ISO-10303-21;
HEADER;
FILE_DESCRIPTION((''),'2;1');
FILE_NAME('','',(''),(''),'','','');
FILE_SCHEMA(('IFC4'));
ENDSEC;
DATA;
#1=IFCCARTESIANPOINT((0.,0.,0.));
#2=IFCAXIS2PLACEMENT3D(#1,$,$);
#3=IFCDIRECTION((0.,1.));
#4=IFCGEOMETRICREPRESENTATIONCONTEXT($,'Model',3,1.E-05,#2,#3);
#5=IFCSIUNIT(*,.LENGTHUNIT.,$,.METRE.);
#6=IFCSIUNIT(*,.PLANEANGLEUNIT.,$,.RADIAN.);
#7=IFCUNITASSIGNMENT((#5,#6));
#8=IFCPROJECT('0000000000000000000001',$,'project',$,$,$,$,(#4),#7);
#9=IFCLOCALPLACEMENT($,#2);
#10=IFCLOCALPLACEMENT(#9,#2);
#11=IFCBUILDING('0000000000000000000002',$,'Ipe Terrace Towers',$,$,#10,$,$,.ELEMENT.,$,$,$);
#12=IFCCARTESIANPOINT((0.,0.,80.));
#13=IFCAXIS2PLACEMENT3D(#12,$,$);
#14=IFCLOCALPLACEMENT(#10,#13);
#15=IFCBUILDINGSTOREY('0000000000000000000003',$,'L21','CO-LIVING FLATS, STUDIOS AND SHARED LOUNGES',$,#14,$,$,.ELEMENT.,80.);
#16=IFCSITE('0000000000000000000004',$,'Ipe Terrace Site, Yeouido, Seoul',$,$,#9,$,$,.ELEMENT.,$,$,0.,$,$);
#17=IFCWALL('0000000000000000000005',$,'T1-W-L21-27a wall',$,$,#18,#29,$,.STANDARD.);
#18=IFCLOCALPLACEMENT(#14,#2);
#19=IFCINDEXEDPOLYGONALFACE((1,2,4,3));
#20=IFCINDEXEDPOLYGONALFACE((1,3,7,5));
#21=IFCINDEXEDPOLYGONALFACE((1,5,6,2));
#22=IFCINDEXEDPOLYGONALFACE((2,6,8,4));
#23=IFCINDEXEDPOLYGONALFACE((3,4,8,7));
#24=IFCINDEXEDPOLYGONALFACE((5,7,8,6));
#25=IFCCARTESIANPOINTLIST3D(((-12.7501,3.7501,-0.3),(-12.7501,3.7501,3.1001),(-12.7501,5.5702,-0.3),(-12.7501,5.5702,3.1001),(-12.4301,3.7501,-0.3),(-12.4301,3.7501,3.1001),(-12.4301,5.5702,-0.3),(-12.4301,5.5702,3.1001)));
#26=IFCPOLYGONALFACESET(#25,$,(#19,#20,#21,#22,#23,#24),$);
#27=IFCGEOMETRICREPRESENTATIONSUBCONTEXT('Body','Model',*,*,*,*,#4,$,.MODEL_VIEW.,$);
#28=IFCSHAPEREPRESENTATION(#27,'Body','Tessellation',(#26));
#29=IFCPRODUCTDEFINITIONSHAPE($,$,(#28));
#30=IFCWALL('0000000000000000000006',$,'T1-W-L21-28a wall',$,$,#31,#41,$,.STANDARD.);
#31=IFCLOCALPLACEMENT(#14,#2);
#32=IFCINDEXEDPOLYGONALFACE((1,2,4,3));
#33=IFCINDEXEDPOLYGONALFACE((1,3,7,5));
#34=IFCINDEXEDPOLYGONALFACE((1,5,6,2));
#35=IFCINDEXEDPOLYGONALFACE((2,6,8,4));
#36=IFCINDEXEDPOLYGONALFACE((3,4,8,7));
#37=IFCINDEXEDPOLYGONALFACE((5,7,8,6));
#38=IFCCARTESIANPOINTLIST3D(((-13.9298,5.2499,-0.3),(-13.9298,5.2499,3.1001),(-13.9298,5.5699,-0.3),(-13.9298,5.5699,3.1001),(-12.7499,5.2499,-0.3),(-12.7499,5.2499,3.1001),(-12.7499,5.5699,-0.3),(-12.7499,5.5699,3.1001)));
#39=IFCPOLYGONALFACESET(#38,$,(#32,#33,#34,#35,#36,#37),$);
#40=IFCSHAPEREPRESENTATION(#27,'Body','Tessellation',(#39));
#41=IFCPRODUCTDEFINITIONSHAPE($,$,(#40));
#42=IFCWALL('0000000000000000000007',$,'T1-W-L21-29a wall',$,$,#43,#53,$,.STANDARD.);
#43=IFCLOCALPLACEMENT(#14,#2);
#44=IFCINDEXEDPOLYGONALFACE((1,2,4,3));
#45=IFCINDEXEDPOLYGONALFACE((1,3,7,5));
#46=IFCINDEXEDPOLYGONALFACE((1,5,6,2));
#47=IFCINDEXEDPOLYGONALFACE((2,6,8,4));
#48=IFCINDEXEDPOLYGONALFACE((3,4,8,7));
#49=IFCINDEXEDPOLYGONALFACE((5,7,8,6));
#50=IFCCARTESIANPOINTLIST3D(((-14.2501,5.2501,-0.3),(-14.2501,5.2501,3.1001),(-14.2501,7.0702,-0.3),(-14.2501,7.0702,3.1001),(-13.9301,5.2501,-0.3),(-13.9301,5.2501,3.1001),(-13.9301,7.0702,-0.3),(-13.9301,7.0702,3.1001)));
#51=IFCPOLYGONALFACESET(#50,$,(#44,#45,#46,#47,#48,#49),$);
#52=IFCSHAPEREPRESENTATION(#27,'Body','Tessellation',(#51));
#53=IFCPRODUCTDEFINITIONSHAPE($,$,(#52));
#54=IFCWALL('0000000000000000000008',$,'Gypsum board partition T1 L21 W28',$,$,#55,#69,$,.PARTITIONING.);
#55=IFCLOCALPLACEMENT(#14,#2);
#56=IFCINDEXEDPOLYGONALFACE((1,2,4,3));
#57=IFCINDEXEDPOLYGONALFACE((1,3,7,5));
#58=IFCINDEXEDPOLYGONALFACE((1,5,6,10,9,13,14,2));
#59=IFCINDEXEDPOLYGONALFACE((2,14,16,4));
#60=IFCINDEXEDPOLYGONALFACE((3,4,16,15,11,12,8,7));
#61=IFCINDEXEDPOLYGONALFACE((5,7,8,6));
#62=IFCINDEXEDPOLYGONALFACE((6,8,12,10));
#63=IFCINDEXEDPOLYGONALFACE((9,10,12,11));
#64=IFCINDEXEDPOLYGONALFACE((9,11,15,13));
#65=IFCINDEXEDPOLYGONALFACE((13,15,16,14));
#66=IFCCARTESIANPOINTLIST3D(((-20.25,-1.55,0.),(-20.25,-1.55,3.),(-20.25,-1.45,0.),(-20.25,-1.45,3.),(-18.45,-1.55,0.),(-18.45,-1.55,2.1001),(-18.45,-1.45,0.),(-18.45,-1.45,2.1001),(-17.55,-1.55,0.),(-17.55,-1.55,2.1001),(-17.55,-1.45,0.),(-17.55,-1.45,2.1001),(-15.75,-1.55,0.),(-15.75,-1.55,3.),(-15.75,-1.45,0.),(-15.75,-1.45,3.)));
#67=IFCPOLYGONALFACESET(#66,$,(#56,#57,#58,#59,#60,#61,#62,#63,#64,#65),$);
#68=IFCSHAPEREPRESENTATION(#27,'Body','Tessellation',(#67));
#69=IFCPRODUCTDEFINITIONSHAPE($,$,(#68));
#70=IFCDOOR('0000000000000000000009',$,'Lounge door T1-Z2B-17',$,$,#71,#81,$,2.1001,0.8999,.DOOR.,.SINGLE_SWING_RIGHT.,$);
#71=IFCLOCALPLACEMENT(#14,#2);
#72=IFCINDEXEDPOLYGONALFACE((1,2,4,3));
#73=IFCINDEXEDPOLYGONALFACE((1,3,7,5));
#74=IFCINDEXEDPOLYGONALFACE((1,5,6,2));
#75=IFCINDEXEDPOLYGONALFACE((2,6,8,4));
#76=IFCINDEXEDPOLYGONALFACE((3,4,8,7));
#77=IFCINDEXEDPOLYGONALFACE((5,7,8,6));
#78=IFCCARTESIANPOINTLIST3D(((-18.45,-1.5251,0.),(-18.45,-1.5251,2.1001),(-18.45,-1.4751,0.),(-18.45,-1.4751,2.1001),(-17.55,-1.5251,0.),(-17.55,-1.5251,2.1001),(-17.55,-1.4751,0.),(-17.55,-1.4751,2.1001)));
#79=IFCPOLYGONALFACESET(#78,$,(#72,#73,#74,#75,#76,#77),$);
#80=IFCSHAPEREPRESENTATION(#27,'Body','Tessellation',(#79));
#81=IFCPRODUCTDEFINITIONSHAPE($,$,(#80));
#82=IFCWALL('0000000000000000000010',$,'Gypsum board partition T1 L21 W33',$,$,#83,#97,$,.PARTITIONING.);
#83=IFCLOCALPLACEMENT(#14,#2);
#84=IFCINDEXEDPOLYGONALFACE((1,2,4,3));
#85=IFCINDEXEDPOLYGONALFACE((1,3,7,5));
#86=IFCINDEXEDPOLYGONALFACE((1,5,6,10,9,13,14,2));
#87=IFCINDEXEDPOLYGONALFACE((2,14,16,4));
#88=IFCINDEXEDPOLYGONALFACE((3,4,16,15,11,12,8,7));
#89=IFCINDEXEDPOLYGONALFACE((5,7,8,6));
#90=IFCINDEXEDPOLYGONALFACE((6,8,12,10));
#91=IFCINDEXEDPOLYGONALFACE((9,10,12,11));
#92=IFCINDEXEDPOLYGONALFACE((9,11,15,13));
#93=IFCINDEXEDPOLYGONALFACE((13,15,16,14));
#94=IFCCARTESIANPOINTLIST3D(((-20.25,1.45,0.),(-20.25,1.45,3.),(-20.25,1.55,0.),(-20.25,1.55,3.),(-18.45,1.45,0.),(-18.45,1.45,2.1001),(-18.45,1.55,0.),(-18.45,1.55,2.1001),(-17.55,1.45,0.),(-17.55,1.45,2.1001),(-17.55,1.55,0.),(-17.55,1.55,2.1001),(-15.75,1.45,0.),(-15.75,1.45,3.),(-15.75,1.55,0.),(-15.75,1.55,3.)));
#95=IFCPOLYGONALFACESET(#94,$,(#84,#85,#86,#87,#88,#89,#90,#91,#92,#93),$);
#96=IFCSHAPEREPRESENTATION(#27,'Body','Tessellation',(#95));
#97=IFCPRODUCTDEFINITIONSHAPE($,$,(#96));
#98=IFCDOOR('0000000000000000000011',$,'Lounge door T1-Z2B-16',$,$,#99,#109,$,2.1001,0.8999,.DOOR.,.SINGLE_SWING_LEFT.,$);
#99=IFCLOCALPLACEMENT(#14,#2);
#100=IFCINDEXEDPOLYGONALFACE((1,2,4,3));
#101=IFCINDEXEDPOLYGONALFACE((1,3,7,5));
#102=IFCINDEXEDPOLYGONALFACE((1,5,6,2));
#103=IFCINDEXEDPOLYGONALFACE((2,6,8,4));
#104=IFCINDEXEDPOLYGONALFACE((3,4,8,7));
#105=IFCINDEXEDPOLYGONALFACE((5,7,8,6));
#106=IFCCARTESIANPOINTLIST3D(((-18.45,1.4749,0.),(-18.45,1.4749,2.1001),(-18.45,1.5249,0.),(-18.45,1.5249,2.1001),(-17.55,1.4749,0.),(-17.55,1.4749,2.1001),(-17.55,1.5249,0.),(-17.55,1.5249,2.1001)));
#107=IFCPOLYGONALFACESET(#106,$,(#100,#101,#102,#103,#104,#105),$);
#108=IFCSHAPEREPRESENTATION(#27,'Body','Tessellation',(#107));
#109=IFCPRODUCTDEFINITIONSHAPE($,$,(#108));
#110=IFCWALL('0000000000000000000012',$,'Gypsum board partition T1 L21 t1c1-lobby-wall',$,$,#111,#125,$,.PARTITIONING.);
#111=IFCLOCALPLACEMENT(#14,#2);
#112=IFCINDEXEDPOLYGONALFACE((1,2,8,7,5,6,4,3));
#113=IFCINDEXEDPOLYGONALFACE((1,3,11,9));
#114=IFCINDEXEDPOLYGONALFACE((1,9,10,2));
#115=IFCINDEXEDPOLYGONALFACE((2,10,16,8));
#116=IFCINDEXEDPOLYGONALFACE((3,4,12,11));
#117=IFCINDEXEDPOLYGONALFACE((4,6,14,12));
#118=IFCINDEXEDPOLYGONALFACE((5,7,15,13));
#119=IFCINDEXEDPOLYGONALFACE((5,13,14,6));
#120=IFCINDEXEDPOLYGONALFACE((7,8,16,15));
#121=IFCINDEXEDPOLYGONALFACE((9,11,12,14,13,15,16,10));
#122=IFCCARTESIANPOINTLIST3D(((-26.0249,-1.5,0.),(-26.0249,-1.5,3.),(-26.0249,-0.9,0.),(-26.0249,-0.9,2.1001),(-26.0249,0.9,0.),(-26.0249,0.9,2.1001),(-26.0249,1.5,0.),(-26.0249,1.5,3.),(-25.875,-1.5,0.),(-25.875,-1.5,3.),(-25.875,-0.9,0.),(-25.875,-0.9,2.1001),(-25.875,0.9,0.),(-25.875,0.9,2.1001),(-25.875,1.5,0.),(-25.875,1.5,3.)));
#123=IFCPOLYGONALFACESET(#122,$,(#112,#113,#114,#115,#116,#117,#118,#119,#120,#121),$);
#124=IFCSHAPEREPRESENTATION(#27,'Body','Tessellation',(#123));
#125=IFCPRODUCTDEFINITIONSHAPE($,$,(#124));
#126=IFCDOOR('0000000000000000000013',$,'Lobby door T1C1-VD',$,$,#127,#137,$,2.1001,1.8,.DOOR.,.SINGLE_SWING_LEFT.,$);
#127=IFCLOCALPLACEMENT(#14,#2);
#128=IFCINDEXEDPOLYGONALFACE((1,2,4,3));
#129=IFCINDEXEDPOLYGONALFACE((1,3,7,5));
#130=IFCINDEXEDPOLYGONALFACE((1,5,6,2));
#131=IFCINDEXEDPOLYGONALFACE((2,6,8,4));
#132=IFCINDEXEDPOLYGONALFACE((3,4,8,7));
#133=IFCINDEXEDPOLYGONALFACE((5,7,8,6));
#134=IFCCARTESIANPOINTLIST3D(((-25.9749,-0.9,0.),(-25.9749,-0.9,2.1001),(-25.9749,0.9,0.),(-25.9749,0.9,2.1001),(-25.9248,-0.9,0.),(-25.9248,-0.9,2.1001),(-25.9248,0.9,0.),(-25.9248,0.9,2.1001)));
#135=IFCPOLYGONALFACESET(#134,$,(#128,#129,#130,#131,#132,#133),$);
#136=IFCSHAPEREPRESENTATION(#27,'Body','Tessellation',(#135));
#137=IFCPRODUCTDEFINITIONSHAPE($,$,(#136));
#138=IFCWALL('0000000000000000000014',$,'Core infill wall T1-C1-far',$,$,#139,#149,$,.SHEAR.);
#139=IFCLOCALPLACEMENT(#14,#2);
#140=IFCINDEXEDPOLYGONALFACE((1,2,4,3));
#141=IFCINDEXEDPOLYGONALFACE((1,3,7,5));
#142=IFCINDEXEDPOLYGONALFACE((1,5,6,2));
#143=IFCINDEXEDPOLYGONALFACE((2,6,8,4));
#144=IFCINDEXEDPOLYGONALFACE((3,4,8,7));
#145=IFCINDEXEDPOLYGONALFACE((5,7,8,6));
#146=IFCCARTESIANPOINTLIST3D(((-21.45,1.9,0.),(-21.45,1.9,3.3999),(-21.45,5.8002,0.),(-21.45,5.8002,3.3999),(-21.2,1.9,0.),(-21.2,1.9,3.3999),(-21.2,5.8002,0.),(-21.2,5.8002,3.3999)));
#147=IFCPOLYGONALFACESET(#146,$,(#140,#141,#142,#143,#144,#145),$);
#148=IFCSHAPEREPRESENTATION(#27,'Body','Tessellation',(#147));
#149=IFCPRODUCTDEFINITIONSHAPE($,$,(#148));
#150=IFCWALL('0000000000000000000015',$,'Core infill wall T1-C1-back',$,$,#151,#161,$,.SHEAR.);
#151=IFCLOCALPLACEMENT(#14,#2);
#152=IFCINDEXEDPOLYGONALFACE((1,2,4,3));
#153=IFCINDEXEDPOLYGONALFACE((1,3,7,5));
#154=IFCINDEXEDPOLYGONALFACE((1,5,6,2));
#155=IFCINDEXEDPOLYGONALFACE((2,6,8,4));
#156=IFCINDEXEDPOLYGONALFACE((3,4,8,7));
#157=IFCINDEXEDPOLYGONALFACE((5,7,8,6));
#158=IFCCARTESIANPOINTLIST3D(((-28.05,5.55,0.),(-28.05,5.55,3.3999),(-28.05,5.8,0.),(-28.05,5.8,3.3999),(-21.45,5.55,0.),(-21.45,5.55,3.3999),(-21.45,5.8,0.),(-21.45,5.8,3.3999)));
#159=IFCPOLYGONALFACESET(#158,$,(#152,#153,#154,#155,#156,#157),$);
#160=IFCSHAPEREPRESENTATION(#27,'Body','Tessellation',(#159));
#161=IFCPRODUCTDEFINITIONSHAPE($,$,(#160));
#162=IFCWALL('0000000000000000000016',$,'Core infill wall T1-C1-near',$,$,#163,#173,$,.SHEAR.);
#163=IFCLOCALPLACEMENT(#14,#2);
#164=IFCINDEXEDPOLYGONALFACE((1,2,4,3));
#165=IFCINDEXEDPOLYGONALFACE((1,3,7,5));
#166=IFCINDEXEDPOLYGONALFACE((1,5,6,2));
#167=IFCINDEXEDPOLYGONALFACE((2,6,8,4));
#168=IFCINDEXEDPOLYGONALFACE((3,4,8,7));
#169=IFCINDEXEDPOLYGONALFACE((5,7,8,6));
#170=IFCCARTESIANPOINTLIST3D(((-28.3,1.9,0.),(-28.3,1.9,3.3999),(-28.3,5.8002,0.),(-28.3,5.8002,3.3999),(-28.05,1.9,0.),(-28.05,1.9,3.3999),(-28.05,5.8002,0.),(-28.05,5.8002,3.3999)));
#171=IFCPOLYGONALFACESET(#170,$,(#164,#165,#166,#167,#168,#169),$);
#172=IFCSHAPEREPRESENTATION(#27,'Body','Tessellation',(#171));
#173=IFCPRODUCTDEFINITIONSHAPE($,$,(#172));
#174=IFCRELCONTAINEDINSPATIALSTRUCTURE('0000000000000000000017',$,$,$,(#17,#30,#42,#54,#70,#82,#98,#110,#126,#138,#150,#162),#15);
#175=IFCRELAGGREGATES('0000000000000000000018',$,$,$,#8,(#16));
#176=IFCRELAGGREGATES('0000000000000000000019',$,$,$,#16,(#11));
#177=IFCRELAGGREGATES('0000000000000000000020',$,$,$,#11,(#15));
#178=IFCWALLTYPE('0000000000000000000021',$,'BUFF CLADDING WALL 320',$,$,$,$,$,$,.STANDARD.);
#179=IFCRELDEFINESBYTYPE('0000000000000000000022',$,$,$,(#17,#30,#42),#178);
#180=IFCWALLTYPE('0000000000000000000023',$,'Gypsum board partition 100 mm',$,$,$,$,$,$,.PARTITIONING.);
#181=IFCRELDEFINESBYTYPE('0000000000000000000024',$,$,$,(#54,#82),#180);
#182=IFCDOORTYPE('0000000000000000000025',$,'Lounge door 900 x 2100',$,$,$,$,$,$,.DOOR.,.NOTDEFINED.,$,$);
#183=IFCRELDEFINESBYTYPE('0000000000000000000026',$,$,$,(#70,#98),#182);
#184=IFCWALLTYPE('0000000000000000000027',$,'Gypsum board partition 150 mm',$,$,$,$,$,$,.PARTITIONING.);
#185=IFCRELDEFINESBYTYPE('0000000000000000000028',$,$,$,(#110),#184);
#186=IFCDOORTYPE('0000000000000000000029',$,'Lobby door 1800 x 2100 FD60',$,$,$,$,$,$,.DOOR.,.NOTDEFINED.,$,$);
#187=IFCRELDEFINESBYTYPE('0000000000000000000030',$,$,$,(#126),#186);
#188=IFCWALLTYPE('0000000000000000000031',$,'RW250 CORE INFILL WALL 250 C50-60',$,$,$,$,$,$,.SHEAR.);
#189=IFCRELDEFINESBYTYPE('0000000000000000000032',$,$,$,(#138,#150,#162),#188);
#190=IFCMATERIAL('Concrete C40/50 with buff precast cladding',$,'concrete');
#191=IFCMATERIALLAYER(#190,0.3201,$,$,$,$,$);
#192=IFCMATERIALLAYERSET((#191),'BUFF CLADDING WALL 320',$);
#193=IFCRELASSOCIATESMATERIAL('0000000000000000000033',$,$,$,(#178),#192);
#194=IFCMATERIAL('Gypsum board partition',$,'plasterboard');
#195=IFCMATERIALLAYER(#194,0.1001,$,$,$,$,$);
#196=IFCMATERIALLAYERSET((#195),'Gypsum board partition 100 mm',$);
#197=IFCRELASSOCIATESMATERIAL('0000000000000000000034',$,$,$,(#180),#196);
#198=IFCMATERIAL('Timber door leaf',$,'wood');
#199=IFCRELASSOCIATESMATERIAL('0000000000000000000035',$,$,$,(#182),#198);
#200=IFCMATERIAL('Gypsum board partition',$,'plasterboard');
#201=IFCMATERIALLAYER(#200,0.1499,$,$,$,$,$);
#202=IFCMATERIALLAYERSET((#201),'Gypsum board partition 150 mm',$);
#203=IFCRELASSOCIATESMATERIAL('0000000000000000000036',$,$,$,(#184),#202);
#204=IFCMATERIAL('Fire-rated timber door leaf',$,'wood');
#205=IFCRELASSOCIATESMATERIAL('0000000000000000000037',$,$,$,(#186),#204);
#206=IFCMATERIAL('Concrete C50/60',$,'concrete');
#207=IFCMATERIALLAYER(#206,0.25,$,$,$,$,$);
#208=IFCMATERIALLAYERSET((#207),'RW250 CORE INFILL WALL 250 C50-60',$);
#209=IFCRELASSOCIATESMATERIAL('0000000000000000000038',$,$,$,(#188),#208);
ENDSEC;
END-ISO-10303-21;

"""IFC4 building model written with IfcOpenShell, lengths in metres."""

from ifc_helpers import new_model, si_unit, direction, frame, frame_2d, origin, place, context, subcontext, project, spatial, rectangle, extrude, material, layer, layer_set, type_object, element, fill, save


model = new_model("IFC4")

# Units and contexts
model_context = context("Model", 3, precision=1e-05, world=origin(), true_north=direction((0.0, 1.0)))
body_context = subcontext(model_context, "Body", "Model", "MODEL_VIEW")
ifc_project = project(units=[si_unit("LENGTHUNIT", "METRE"), si_unit("PLANEANGLEUNIT", "RADIAN")], contexts=[model_context])

# Site, building, storey
site_placement = place(None, origin())
site = spatial("IfcSite", under=ifc_project, at=site_placement, Name="Ipe Terrace Site, Yeouido, Seoul", CompositionType="ELEMENT", RefElevation=0.0)
building_placement = place(site_placement, origin())
building = spatial("IfcBuilding", under=site, at=building_placement, Name="Ipe Terrace Towers", CompositionType="ELEMENT")
storey_placement = place(building_placement, frame((0.0, 0.0, 80.0)))
storey = spatial("IfcBuildingStorey", under=building, at=storey_placement, Name="L21", Description="CO-LIVING FLATS, STUDIOS AND SHARED LOUNGES", CompositionType="ELEMENT", Elevation=80.0)

# Walls
ifc_material_1 = material(Name="Concrete C40/50 with buff precast cladding", Category="concrete")
ifc_layer_1 = layer(ifc_material_1, 0.3201)
ifc_layer_set_1 = layer_set([ifc_layer_1], Name="BUFF CLADDING WALL 320")
wall_type_1 = type_object("IfcWallType", Name="BUFF CLADDING WALL 320", PredefinedType="STANDARD", material=ifc_layer_set_1)
wall_1_placement = place(storey_placement, frame((-12.5901, 3.75, -0.3), z_axis=(0.0, 0.0, 1.0), x_axis=(0.0, 1.0, 0.0)))
element("IfcWall", 1, at=wall_1_placement, inside=storey, type_object=wall_type_1, Name="T1-W-L21-27a wall", PredefinedType="STANDARD", context=body_context, shape_type="SweptSolid", body=[
    extrude(rectangle(XDim=1.8201, YDim=0.3201, at=frame_2d((0.9102, 0.0))), origin(), (0.0, 0.0, 1.0), 3.4001),
])
wall_2_placement = place(storey_placement, frame((-12.75, 5.4099, -0.3), z_axis=(0.0, 0.0, 1.0), x_axis=(-1.0, 0.0, 0.0)))
element("IfcWall", 2, at=wall_2_placement, inside=storey, type_object=wall_type_1, Name="T1-W-L21-28a wall", PredefinedType="STANDARD", context=body_context, shape_type="SweptSolid", body=[
    extrude(rectangle(XDim=1.1799, YDim=0.3201, at=frame_2d((0.5898, 0.0))), origin(), (0.0, 0.0, 1.0), 3.4001),
])
wall_3_placement = place(storey_placement, frame((-14.0901, 5.25, -0.3), z_axis=(0.0, 0.0, 1.0), x_axis=(0.0, 1.0, 0.0)))
element("IfcWall", 3, at=wall_3_placement, inside=storey, type_object=wall_type_1, Name="T1-W-L21-29a wall", PredefinedType="STANDARD", context=body_context, shape_type="SweptSolid", body=[
    extrude(rectangle(XDim=1.8201, YDim=0.3201, at=frame_2d((0.9102, 0.0))), origin(), (0.0, 0.0, 1.0), 3.4001),
])

# Walls, openings, doors
ifc_material_2 = material(Name="Gypsum board partition", Category="plasterboard")
ifc_layer_2 = layer(ifc_material_2, 0.1001)
ifc_layer_set_2 = layer_set([ifc_layer_2], Name="Gypsum board partition 100 mm")
wall_type_2 = type_object("IfcWallType", Name="Gypsum board partition 100 mm", PredefinedType="PARTITIONING", material=ifc_layer_set_2)
wall_4_placement = place(storey_placement, frame((-20.25, -1.5, 0.0), z_axis=(0.0, 0.0, 1.0), x_axis=(1.0, 0.0, 0.0)))
wall_4 = element("IfcWall", 4, at=wall_4_placement, inside=storey, type_object=wall_type_2, Name="Gypsum board partition T1 L21 W28", PredefinedType="PARTITIONING", context=body_context, shape_type="SweptSolid", body=[
    extrude(rectangle(XDim=4.5, YDim=0.1001, at=frame_2d((2.25, 0.0))), origin(), (0.0, 0.0, 1.0), 3.0),
])
opening_1_placement = place(wall_4_placement, frame((1.8, 0.0, 0.0)))
opening_1 = element("IfcOpeningElement", 5, at=opening_1_placement, cuts=wall_4, PredefinedType="OPENING", context=body_context, shape_type="SweptSolid", body=[
    extrude(rectangle(XDim=0.8999, YDim=2.1001, at=frame_2d((0.45, 1.05))), frame((0.0, 0.0601, 0.0), z_axis=(0.0, -1.0, 0.0), x_axis=(1.0, 0.0, 0.0)), (0.0, 0.0, 1.0), 0.1201),
])
ifc_material_3 = material(Name="Timber door leaf", Category="wood")
door_type_1 = type_object("IfcDoorType", Name="Lounge door 900 x 2100", OperationType="NOTDEFINED", PredefinedType="DOOR", material=ifc_material_3)
door_1_placement = place(opening_1_placement, origin())
door_1 = element("IfcDoor", 6, at=door_1_placement, inside=storey, type_object=door_type_1, Name="Lounge door T1-Z2B-17", OperationType="SINGLE_SWING_RIGHT", OverallHeight=2.1001, OverallWidth=0.8999, PredefinedType="DOOR", context=body_context, shape_type="SweptSolid", body=[
    extrude(rectangle(XDim=0.8999, YDim=2.1001, at=frame_2d((0.45, 1.05))), frame((0.0, 0.0249, 0.0), z_axis=(0.0, -1.0, 0.0), x_axis=(1.0, 0.0, 0.0)), (0.0, 0.0, 1.0), 0.05),
])
fill(opening_1, door_1)
wall_5_placement = place(storey_placement, frame((-20.25, 1.5, 0.0), z_axis=(0.0, 0.0, 1.0), x_axis=(1.0, 0.0, 0.0)))
wall_5 = element("IfcWall", 7, at=wall_5_placement, inside=storey, type_object=wall_type_2, Name="Gypsum board partition T1 L21 W33", PredefinedType="PARTITIONING", context=body_context, shape_type="SweptSolid", body=[
    extrude(rectangle(XDim=4.5, YDim=0.1001, at=frame_2d((2.25, 0.0))), origin(), (0.0, 0.0, 1.0), 3.0),
])
opening_2_placement = place(wall_5_placement, frame((1.8, 0.0, 0.0)))
opening_2 = element("IfcOpeningElement", 8, at=opening_2_placement, cuts=wall_5, PredefinedType="OPENING", context=body_context, shape_type="SweptSolid", body=[
    extrude(rectangle(XDim=0.8999, YDim=2.1001, at=frame_2d((0.45, 1.05))), frame((0.0, 0.0601, 0.0), z_axis=(0.0, -1.0, 0.0), x_axis=(1.0, 0.0, 0.0)), (0.0, 0.0, 1.0), 0.1201),
])
door_2_placement = place(opening_2_placement, origin())
door_2 = element("IfcDoor", 9, at=door_2_placement, inside=storey, type_object=door_type_1, Name="Lounge door T1-Z2B-16", OperationType="SINGLE_SWING_LEFT", OverallHeight=2.1001, OverallWidth=0.8999, PredefinedType="DOOR", context=body_context, shape_type="SweptSolid", body=[
    extrude(rectangle(XDim=0.8999, YDim=2.1001, at=frame_2d((0.45, 1.05))), frame((0.0, 0.0249, 0.0), z_axis=(0.0, -1.0, 0.0), x_axis=(1.0, 0.0, 0.0)), (0.0, 0.0, 1.0), 0.05),
])
fill(opening_2, door_2)
ifc_material_4 = material(Name="Gypsum board partition", Category="plasterboard")
ifc_layer_3 = layer(ifc_material_4, 0.1499)
ifc_layer_set_3 = layer_set([ifc_layer_3], Name="Gypsum board partition 150 mm")
wall_type_3 = type_object("IfcWallType", Name="Gypsum board partition 150 mm", PredefinedType="PARTITIONING", material=ifc_layer_set_3)
wall_6_placement = place(storey_placement, frame((-25.95, -1.5, 0.0), z_axis=(0.0, 0.0, 1.0), x_axis=(0.0, 1.0, 0.0)))
wall_6 = element("IfcWall", 10, at=wall_6_placement, inside=storey, type_object=wall_type_3, Name="Gypsum board partition T1 L21 t1c1-lobby-wall", PredefinedType="PARTITIONING", context=body_context, shape_type="SweptSolid", body=[
    extrude(rectangle(XDim=3.0, YDim=0.1499, at=frame_2d((1.5, 0.0))), origin(), (0.0, 0.0, 1.0), 3.0),
])
opening_3_placement = place(wall_6_placement, frame((0.6001, 0.0, 0.0)))
opening_3 = element("IfcOpeningElement", 11, at=opening_3_placement, cuts=wall_6, PredefinedType="OPENING", context=body_context, shape_type="SweptSolid", body=[
    extrude(rectangle(XDim=1.8, YDim=2.1001, at=frame_2d((0.8999, 1.05))), frame((0.0, 0.085, 0.0), z_axis=(0.0, -1.0, 0.0), x_axis=(1.0, 0.0, 0.0)), (0.0, 0.0, 1.0), 0.1699),
])
ifc_material_5 = material(Name="Fire-rated timber door leaf", Category="wood")
door_type_2 = type_object("IfcDoorType", Name="Lobby door 1800 x 2100 FD60", OperationType="NOTDEFINED", PredefinedType="DOOR", material=ifc_material_5)
door_3_placement = place(opening_3_placement, origin())
door_3 = element("IfcDoor", 12, at=door_3_placement, inside=storey, type_object=door_type_2, Name="Lobby door T1C1-VD", OperationType="SINGLE_SWING_LEFT", OverallHeight=2.1001, OverallWidth=1.8, PredefinedType="DOOR", context=body_context, shape_type="SweptSolid", body=[
    extrude(rectangle(XDim=1.8, YDim=2.1001, at=frame_2d((0.8999, 1.05))), frame((0.0, 0.0249, 0.0), z_axis=(0.0, -1.0, 0.0), x_axis=(1.0, 0.0, 0.0)), (0.0, 0.0, 1.0), 0.05),
])
fill(opening_3, door_3)

# Walls
ifc_material_6 = material(Name="Concrete C50/60", Category="concrete")
ifc_layer_4 = layer(ifc_material_6, 0.25)
ifc_layer_set_4 = layer_set([ifc_layer_4], Name="RW250 CORE INFILL WALL 250 C50-60")
wall_type_4 = type_object("IfcWallType", Name="RW250 CORE INFILL WALL 250 C50-60", PredefinedType="SHEAR", material=ifc_layer_set_4)
wall_7_placement = place(storey_placement, frame((-21.325, 1.8999, 0.0), z_axis=(0.0, 0.0, 1.0), x_axis=(0.0, 1.0, 0.0)))
element("IfcWall", 13, at=wall_7_placement, inside=storey, type_object=wall_type_4, Name="Core infill wall T1-C1-far", PredefinedType="SHEAR", context=body_context, shape_type="SweptSolid", body=[
    extrude(rectangle(XDim=3.9001, YDim=0.25, at=frame_2d((1.9502, 0.0))), origin(), (0.0, 0.0, 1.0), 3.3999),
])
wall_8_placement = place(storey_placement, frame((-28.05, 5.675, 0.0), z_axis=(0.0, 0.0, 1.0), x_axis=(1.0, 0.0, 0.0)))
element("IfcWall", 14, at=wall_8_placement, inside=storey, type_object=wall_type_4, Name="Core infill wall T1-C1-back", PredefinedType="SHEAR", context=body_context, shape_type="SweptSolid", body=[
    extrude(rectangle(XDim=6.6001, YDim=0.25, at=frame_2d((3.3, 0.0))), origin(), (0.0, 0.0, 1.0), 3.3999),
])
wall_9_placement = place(storey_placement, frame((-28.175, 1.8999, 0.0), z_axis=(0.0, 0.0, 1.0), x_axis=(0.0, 1.0, 0.0)))
element("IfcWall", 15, at=wall_9_placement, inside=storey, type_object=wall_type_4, Name="Core infill wall T1-C1-near", PredefinedType="SHEAR", context=body_context, shape_type="SweptSolid", body=[
    extrude(rectangle(XDim=3.9001, YDim=0.25, at=frame_2d((1.9502, 0.0))), origin(), (0.0, 0.0, 1.0), 3.3999),
])

save(model, "model.ifc")
